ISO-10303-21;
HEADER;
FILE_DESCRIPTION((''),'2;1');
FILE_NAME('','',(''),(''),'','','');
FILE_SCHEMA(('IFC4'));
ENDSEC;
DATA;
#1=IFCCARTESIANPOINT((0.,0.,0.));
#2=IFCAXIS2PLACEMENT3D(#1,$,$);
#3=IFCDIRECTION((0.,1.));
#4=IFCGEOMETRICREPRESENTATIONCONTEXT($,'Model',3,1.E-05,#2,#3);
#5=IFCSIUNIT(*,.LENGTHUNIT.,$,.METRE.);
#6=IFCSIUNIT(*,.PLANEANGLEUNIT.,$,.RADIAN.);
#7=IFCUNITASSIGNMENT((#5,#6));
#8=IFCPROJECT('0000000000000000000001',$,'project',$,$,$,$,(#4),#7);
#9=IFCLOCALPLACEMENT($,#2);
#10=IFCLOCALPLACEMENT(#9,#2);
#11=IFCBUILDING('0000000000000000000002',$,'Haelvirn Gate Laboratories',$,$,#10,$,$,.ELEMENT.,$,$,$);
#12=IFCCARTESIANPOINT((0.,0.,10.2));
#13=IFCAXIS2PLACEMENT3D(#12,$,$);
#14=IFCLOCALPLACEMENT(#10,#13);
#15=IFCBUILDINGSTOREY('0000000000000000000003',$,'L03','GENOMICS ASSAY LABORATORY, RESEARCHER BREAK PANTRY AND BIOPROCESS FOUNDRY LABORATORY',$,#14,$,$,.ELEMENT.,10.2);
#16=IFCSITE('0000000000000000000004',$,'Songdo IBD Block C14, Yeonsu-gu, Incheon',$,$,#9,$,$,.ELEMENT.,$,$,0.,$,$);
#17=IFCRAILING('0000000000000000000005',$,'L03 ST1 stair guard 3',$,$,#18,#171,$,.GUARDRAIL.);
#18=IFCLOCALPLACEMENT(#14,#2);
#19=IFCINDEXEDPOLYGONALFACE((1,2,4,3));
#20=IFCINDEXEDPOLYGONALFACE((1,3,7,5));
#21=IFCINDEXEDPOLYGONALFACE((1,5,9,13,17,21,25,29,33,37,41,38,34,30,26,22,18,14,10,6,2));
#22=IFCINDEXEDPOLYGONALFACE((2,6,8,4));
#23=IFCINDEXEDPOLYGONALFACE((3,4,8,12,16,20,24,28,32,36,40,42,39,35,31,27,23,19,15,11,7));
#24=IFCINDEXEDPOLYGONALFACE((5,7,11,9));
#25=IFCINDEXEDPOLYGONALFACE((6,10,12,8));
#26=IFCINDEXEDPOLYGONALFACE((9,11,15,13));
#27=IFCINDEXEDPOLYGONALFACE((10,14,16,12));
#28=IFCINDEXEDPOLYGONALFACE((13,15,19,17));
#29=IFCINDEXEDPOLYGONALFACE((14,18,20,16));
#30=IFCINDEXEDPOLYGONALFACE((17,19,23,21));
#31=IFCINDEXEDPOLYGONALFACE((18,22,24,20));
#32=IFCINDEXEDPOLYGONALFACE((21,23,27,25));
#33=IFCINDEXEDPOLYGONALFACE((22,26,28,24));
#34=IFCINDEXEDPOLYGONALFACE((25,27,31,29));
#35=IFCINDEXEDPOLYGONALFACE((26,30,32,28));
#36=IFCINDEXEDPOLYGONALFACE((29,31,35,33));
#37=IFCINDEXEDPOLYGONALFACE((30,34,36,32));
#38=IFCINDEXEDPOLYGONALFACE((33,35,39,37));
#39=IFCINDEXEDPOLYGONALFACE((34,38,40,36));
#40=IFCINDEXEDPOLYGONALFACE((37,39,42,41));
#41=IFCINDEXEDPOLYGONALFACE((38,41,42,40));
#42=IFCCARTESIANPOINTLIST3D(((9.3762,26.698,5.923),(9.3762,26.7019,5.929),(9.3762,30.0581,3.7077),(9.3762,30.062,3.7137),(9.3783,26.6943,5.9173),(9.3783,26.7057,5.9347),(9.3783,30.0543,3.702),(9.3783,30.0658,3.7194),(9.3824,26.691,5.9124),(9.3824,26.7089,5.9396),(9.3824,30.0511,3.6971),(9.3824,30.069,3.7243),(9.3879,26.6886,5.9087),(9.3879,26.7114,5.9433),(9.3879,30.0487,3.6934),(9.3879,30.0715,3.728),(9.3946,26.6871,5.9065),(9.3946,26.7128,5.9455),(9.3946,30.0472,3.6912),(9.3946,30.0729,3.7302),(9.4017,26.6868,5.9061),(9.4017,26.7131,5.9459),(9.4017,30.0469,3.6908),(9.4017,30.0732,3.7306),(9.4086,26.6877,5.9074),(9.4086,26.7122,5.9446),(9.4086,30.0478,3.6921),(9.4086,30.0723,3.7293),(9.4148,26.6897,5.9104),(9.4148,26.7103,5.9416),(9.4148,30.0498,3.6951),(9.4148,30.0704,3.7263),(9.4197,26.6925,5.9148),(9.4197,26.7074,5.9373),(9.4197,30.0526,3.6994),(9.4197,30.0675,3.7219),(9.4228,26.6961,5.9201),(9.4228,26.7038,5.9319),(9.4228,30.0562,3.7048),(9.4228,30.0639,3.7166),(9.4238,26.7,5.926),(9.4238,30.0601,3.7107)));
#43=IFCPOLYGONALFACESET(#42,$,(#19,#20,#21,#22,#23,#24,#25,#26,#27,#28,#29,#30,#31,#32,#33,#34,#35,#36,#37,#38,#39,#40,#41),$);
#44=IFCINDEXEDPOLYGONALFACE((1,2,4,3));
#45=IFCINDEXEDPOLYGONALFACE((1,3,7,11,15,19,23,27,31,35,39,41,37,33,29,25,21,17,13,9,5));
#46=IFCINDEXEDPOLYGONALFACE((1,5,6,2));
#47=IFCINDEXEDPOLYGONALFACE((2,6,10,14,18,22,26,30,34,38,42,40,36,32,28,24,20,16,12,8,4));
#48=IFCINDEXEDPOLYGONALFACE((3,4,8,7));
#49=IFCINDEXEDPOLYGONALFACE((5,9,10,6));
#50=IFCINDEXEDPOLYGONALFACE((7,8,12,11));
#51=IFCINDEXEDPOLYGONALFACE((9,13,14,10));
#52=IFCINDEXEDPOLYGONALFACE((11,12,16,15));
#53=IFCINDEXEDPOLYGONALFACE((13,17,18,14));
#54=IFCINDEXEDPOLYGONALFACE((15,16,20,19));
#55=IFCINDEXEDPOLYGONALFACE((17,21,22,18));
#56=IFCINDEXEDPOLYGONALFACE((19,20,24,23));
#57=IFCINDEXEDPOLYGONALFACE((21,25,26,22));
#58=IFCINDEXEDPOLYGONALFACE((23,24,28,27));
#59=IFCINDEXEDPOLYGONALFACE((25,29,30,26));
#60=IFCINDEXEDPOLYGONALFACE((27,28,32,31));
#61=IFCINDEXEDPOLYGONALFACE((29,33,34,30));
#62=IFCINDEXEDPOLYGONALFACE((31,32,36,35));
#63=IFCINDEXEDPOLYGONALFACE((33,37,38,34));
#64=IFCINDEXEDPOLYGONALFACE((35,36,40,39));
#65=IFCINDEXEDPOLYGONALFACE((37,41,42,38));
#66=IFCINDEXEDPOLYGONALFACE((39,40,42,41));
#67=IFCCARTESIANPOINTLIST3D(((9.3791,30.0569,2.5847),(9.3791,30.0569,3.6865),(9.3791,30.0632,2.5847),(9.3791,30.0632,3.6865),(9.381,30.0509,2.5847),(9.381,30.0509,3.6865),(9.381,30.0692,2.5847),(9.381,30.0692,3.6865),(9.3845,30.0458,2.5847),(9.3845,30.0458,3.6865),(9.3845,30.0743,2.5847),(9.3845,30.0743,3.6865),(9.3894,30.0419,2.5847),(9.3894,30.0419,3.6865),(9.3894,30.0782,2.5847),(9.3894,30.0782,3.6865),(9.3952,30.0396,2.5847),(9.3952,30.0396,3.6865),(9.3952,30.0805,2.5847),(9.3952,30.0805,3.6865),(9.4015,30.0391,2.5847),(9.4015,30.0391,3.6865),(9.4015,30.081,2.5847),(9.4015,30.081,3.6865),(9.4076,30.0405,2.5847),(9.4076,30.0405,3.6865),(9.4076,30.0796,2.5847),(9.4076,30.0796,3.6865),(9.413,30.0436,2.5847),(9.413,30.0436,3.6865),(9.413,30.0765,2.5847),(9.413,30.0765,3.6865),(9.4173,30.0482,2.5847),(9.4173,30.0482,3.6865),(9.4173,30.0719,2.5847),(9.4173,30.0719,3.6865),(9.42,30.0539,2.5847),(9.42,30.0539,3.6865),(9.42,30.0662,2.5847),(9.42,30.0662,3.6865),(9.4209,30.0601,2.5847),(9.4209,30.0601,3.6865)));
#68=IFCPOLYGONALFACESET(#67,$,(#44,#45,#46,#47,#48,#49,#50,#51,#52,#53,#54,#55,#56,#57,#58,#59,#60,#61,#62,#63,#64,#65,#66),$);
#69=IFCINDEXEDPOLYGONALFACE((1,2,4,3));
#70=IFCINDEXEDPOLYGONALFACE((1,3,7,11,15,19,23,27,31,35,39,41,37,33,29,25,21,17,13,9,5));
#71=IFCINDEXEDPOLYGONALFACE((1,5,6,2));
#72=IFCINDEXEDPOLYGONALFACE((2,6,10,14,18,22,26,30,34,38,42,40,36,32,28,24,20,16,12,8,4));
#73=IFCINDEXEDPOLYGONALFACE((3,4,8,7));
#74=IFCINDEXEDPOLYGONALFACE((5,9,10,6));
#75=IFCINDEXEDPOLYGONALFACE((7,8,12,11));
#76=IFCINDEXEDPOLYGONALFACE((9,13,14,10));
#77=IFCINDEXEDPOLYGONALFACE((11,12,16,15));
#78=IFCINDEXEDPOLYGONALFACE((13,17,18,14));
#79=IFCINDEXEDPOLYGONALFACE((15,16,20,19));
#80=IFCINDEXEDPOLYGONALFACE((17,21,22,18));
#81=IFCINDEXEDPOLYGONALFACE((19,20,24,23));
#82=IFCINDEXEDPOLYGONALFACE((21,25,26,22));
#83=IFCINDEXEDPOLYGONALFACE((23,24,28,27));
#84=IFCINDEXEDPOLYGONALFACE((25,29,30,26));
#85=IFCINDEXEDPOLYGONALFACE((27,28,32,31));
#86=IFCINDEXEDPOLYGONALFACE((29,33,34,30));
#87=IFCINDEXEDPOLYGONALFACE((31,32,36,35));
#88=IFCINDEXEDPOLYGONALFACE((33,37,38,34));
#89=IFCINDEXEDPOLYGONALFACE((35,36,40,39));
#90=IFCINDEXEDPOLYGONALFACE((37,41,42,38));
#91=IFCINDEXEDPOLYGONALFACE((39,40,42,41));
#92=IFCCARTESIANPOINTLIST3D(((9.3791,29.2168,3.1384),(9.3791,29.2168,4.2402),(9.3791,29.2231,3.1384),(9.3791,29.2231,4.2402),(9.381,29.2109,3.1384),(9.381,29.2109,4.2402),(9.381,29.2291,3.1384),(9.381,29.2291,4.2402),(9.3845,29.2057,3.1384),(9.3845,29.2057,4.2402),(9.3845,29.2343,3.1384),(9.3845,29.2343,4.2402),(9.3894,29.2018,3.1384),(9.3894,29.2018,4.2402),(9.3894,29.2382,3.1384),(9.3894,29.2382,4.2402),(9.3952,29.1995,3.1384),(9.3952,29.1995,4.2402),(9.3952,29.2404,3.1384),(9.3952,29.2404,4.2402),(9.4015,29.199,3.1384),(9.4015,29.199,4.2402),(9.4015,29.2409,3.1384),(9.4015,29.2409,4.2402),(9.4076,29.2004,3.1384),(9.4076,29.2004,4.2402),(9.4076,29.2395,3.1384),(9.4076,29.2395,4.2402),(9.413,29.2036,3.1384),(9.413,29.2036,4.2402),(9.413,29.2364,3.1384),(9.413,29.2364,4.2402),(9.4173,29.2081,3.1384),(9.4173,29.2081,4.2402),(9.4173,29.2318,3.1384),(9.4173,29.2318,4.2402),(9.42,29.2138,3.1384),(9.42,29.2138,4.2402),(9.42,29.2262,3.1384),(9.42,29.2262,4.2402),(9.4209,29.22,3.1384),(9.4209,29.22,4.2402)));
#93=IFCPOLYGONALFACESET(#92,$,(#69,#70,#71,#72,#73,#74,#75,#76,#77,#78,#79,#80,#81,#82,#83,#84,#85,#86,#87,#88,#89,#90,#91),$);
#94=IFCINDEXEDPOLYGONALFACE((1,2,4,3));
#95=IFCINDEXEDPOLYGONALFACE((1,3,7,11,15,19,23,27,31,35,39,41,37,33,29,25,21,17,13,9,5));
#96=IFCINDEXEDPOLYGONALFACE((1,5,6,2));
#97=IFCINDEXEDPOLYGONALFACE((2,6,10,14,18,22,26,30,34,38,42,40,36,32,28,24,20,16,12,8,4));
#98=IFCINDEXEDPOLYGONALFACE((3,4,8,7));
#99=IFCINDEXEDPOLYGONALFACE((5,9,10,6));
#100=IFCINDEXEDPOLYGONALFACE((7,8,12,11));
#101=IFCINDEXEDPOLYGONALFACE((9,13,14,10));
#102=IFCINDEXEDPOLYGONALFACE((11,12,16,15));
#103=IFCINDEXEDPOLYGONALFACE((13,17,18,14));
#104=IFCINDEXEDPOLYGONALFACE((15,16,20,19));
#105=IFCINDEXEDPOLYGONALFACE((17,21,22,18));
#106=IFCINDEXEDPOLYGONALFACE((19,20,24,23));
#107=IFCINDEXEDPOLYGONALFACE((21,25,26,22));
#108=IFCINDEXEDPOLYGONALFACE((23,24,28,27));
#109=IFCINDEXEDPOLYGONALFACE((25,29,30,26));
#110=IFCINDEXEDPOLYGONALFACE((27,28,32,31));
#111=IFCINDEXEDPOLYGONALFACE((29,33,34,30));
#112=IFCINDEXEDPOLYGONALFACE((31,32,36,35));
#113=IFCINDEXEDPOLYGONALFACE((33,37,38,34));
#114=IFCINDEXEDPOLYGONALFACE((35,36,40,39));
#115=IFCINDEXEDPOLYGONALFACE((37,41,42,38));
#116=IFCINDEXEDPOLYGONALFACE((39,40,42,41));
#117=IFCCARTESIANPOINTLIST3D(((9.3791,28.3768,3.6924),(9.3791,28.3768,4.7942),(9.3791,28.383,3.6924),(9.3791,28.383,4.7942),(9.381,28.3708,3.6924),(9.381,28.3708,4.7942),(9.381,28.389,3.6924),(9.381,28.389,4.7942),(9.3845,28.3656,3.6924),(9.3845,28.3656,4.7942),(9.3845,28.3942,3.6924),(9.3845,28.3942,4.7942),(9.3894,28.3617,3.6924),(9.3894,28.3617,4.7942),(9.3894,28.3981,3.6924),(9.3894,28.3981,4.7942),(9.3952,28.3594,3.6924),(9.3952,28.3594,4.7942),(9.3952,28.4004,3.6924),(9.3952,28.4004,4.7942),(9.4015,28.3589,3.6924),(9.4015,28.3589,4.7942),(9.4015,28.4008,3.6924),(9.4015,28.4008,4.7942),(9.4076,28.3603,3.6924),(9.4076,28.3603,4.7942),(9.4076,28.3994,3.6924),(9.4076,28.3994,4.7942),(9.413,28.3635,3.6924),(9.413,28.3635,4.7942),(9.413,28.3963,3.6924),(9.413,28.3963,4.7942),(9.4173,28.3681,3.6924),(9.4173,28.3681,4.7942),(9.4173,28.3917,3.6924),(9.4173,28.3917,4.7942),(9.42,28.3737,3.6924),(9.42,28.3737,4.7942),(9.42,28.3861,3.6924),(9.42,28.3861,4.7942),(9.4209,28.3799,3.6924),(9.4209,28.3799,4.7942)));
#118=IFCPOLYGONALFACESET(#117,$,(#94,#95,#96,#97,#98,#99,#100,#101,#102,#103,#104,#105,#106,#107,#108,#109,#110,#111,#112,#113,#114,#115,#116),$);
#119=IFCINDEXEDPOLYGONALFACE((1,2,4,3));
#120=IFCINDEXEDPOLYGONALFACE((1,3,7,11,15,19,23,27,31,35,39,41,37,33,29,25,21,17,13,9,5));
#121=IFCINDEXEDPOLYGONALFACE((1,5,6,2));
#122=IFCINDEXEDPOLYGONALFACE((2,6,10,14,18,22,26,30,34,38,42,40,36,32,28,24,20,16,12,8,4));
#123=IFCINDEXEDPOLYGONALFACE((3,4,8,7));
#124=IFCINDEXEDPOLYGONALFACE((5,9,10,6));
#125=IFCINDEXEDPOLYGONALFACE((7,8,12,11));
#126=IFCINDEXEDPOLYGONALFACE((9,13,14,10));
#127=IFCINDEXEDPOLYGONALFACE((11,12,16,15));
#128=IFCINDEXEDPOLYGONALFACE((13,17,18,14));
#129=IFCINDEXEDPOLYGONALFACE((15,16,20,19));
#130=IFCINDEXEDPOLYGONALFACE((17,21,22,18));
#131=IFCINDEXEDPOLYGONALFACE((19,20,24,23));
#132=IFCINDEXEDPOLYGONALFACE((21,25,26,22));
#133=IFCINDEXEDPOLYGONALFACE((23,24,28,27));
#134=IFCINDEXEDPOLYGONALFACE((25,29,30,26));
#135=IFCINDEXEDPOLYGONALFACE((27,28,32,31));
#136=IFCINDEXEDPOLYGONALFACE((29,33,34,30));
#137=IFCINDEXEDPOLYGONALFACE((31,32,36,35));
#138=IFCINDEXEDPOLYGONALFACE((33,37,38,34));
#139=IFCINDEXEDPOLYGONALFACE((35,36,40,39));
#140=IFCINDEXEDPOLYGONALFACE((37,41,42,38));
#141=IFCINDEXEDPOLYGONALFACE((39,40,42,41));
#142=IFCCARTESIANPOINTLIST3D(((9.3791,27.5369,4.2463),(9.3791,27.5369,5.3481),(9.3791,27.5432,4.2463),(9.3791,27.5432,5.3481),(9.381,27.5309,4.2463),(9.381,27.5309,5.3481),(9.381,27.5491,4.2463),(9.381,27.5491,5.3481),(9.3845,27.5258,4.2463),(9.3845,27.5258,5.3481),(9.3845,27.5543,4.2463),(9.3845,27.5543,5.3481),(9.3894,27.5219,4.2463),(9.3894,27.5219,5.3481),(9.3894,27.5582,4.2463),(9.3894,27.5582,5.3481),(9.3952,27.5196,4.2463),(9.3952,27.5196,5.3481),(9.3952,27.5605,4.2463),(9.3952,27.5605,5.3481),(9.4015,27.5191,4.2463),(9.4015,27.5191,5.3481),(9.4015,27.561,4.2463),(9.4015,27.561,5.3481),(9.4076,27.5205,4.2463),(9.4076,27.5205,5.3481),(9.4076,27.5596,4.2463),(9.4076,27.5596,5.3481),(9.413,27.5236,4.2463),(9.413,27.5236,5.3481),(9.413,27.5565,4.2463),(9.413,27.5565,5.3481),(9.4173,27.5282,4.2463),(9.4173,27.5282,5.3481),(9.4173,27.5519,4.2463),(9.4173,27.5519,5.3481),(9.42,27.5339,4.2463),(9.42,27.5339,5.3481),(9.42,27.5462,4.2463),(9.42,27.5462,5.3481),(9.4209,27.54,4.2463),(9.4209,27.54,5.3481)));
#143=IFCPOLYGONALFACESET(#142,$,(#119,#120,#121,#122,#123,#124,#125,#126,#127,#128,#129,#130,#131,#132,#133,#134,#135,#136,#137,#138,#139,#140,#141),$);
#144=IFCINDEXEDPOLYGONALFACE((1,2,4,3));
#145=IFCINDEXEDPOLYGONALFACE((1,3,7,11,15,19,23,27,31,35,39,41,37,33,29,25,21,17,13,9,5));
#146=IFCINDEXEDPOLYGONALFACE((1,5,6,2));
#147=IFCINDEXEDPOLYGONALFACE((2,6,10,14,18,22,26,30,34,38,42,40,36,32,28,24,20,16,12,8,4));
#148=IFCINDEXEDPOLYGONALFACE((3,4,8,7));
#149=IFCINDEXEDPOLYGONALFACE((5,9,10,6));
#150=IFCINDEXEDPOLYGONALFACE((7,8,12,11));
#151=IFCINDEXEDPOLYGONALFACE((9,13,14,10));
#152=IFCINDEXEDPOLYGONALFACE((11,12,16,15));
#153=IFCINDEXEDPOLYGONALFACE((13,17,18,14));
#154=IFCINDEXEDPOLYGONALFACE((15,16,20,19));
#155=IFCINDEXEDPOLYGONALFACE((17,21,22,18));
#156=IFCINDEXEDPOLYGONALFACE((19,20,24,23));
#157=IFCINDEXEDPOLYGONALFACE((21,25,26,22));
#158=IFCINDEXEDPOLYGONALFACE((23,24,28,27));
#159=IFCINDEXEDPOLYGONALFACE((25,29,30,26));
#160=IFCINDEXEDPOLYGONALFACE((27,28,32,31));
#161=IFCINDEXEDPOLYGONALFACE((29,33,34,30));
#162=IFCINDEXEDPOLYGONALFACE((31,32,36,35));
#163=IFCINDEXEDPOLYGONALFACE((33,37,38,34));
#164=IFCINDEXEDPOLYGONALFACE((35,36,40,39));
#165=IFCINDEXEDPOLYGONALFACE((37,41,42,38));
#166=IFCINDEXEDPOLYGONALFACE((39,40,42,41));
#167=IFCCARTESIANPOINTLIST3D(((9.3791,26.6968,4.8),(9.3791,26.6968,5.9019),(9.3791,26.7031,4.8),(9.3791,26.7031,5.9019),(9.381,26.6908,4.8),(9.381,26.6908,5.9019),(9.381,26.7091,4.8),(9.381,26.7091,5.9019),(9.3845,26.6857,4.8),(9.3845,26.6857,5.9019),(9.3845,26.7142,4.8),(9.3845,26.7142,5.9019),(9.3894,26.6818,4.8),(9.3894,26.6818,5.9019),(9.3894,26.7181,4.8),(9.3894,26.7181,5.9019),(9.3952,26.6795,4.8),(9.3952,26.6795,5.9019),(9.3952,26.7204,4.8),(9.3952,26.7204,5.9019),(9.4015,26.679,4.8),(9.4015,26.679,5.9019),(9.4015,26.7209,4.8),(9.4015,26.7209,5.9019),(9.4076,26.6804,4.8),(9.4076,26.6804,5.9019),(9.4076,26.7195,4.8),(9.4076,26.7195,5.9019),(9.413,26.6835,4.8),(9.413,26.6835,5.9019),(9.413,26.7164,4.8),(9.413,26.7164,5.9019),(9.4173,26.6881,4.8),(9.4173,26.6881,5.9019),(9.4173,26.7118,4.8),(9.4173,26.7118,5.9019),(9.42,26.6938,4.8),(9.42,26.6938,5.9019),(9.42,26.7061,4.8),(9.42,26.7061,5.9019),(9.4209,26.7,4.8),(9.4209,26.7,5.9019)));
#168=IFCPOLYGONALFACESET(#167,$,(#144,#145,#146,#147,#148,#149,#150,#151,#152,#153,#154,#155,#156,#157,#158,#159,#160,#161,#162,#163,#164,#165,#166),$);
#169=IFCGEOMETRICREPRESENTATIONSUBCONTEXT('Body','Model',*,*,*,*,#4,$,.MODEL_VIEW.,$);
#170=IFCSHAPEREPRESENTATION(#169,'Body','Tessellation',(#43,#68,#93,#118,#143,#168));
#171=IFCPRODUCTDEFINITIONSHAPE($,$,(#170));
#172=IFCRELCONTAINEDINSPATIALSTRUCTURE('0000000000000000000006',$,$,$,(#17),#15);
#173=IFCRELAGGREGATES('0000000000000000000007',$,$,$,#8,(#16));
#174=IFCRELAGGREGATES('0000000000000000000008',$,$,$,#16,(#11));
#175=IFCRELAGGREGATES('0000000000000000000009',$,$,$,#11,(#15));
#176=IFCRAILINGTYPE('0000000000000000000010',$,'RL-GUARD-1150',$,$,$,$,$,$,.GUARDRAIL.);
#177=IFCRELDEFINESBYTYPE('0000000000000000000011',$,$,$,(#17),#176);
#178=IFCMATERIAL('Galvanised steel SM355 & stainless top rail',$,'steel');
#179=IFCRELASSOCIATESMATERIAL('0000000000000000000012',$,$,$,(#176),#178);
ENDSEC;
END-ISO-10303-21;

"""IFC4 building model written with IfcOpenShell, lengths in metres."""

from ifc_helpers import new_model, si_unit, direction, frame, origin, origin_2d, place, context, subcontext, project, spatial, circle, extrude, source, transform, mapped, material, type_object, element, save


model = new_model("IFC4")

# Units and contexts
model_context = context("Model", 3, precision=1e-05, world=origin(), true_north=direction((0.0, 1.0)))
body_context = subcontext(model_context, "Body", "Model", "MODEL_VIEW")
ifc_project = project(units=[si_unit("LENGTHUNIT", "METRE"), si_unit("PLANEANGLEUNIT", "RADIAN")], contexts=[model_context])

# Site, building, storey
site_placement = place(None, origin())
site = spatial("IfcSite", under=ifc_project, at=site_placement, Name="Songdo IBD Block C14, Yeonsu-gu, Incheon", CompositionType="ELEMENT", RefElevation=0.0)
building_placement = place(site_placement, origin())
building = spatial("IfcBuilding", under=site, at=building_placement, Name="Haelvirn Gate Laboratories", CompositionType="ELEMENT")
storey_placement = place(building_placement, frame((0.0, 0.0, 10.2)))
storey = spatial("IfcBuildingStorey", under=building, at=storey_placement, Name="L03", Description="GENOMICS ASSAY LABORATORY, RESEARCHER BREAK PANTRY AND BIOPROCESS FOUNDRY LABORATORY", CompositionType="ELEMENT", Elevation=10.2)

# Railing
ifc_material_1 = material(Name="Galvanised steel SM355 & stainless top rail", Category="steel")
railing_type_1 = type_object("IfcRailingType", Name="RL-GUARD-1150", PredefinedType="GUARDRAIL", material=ifc_material_1)
shared_shape_1 = source(origin(), body_context, "Body", "SweptSolid", [
    extrude(circle(Radius=0.0239, at=origin_2d()), frame((0.0, 0.0, 1.126), z_axis=(0.0, -0.834876, 0.550437), x_axis=(1.0, 0.0, 0.0)), (0.0, 0.0, 1.0), 4.0247),
    extrude(circle(Radius=0.021, at=origin_2d()), origin(), (0.0, 0.0, 1.0), 1.1018),
    extrude(circle(Radius=0.021, at=origin_2d()), frame((0.0, -0.8401, 0.5537)), (0.0, 0.0, 1.0), 1.1018),
    extrude(circle(Radius=0.021, at=origin_2d()), frame((0.0, -1.6802, 1.1077)), (0.0, 0.0, 1.0), 1.1018),
    extrude(circle(Radius=0.021, at=origin_2d()), frame((0.0, -2.52, 1.6616)), (0.0, 0.0, 1.0), 1.1018),
    extrude(circle(Radius=0.021, at=origin_2d()), frame((0.0, -3.3601, 2.2153)), (0.0, 0.0, 1.0), 1.1018),
])
railing_1_placement = place(storey_placement, frame((9.3999, 30.0601, 2.5847)))
element("IfcRailing", 1, at=railing_1_placement, inside=storey, type_object=railing_type_1, Name="L03 ST1 stair guard 3", PredefinedType="GUARDRAIL", context=body_context, shape_type="MappedRepresentation", body=[
    mapped(shared_shape_1, transform((0.0, 0.0, 0.0), scale=1.0)),
])

save(model, "model.ifc")
